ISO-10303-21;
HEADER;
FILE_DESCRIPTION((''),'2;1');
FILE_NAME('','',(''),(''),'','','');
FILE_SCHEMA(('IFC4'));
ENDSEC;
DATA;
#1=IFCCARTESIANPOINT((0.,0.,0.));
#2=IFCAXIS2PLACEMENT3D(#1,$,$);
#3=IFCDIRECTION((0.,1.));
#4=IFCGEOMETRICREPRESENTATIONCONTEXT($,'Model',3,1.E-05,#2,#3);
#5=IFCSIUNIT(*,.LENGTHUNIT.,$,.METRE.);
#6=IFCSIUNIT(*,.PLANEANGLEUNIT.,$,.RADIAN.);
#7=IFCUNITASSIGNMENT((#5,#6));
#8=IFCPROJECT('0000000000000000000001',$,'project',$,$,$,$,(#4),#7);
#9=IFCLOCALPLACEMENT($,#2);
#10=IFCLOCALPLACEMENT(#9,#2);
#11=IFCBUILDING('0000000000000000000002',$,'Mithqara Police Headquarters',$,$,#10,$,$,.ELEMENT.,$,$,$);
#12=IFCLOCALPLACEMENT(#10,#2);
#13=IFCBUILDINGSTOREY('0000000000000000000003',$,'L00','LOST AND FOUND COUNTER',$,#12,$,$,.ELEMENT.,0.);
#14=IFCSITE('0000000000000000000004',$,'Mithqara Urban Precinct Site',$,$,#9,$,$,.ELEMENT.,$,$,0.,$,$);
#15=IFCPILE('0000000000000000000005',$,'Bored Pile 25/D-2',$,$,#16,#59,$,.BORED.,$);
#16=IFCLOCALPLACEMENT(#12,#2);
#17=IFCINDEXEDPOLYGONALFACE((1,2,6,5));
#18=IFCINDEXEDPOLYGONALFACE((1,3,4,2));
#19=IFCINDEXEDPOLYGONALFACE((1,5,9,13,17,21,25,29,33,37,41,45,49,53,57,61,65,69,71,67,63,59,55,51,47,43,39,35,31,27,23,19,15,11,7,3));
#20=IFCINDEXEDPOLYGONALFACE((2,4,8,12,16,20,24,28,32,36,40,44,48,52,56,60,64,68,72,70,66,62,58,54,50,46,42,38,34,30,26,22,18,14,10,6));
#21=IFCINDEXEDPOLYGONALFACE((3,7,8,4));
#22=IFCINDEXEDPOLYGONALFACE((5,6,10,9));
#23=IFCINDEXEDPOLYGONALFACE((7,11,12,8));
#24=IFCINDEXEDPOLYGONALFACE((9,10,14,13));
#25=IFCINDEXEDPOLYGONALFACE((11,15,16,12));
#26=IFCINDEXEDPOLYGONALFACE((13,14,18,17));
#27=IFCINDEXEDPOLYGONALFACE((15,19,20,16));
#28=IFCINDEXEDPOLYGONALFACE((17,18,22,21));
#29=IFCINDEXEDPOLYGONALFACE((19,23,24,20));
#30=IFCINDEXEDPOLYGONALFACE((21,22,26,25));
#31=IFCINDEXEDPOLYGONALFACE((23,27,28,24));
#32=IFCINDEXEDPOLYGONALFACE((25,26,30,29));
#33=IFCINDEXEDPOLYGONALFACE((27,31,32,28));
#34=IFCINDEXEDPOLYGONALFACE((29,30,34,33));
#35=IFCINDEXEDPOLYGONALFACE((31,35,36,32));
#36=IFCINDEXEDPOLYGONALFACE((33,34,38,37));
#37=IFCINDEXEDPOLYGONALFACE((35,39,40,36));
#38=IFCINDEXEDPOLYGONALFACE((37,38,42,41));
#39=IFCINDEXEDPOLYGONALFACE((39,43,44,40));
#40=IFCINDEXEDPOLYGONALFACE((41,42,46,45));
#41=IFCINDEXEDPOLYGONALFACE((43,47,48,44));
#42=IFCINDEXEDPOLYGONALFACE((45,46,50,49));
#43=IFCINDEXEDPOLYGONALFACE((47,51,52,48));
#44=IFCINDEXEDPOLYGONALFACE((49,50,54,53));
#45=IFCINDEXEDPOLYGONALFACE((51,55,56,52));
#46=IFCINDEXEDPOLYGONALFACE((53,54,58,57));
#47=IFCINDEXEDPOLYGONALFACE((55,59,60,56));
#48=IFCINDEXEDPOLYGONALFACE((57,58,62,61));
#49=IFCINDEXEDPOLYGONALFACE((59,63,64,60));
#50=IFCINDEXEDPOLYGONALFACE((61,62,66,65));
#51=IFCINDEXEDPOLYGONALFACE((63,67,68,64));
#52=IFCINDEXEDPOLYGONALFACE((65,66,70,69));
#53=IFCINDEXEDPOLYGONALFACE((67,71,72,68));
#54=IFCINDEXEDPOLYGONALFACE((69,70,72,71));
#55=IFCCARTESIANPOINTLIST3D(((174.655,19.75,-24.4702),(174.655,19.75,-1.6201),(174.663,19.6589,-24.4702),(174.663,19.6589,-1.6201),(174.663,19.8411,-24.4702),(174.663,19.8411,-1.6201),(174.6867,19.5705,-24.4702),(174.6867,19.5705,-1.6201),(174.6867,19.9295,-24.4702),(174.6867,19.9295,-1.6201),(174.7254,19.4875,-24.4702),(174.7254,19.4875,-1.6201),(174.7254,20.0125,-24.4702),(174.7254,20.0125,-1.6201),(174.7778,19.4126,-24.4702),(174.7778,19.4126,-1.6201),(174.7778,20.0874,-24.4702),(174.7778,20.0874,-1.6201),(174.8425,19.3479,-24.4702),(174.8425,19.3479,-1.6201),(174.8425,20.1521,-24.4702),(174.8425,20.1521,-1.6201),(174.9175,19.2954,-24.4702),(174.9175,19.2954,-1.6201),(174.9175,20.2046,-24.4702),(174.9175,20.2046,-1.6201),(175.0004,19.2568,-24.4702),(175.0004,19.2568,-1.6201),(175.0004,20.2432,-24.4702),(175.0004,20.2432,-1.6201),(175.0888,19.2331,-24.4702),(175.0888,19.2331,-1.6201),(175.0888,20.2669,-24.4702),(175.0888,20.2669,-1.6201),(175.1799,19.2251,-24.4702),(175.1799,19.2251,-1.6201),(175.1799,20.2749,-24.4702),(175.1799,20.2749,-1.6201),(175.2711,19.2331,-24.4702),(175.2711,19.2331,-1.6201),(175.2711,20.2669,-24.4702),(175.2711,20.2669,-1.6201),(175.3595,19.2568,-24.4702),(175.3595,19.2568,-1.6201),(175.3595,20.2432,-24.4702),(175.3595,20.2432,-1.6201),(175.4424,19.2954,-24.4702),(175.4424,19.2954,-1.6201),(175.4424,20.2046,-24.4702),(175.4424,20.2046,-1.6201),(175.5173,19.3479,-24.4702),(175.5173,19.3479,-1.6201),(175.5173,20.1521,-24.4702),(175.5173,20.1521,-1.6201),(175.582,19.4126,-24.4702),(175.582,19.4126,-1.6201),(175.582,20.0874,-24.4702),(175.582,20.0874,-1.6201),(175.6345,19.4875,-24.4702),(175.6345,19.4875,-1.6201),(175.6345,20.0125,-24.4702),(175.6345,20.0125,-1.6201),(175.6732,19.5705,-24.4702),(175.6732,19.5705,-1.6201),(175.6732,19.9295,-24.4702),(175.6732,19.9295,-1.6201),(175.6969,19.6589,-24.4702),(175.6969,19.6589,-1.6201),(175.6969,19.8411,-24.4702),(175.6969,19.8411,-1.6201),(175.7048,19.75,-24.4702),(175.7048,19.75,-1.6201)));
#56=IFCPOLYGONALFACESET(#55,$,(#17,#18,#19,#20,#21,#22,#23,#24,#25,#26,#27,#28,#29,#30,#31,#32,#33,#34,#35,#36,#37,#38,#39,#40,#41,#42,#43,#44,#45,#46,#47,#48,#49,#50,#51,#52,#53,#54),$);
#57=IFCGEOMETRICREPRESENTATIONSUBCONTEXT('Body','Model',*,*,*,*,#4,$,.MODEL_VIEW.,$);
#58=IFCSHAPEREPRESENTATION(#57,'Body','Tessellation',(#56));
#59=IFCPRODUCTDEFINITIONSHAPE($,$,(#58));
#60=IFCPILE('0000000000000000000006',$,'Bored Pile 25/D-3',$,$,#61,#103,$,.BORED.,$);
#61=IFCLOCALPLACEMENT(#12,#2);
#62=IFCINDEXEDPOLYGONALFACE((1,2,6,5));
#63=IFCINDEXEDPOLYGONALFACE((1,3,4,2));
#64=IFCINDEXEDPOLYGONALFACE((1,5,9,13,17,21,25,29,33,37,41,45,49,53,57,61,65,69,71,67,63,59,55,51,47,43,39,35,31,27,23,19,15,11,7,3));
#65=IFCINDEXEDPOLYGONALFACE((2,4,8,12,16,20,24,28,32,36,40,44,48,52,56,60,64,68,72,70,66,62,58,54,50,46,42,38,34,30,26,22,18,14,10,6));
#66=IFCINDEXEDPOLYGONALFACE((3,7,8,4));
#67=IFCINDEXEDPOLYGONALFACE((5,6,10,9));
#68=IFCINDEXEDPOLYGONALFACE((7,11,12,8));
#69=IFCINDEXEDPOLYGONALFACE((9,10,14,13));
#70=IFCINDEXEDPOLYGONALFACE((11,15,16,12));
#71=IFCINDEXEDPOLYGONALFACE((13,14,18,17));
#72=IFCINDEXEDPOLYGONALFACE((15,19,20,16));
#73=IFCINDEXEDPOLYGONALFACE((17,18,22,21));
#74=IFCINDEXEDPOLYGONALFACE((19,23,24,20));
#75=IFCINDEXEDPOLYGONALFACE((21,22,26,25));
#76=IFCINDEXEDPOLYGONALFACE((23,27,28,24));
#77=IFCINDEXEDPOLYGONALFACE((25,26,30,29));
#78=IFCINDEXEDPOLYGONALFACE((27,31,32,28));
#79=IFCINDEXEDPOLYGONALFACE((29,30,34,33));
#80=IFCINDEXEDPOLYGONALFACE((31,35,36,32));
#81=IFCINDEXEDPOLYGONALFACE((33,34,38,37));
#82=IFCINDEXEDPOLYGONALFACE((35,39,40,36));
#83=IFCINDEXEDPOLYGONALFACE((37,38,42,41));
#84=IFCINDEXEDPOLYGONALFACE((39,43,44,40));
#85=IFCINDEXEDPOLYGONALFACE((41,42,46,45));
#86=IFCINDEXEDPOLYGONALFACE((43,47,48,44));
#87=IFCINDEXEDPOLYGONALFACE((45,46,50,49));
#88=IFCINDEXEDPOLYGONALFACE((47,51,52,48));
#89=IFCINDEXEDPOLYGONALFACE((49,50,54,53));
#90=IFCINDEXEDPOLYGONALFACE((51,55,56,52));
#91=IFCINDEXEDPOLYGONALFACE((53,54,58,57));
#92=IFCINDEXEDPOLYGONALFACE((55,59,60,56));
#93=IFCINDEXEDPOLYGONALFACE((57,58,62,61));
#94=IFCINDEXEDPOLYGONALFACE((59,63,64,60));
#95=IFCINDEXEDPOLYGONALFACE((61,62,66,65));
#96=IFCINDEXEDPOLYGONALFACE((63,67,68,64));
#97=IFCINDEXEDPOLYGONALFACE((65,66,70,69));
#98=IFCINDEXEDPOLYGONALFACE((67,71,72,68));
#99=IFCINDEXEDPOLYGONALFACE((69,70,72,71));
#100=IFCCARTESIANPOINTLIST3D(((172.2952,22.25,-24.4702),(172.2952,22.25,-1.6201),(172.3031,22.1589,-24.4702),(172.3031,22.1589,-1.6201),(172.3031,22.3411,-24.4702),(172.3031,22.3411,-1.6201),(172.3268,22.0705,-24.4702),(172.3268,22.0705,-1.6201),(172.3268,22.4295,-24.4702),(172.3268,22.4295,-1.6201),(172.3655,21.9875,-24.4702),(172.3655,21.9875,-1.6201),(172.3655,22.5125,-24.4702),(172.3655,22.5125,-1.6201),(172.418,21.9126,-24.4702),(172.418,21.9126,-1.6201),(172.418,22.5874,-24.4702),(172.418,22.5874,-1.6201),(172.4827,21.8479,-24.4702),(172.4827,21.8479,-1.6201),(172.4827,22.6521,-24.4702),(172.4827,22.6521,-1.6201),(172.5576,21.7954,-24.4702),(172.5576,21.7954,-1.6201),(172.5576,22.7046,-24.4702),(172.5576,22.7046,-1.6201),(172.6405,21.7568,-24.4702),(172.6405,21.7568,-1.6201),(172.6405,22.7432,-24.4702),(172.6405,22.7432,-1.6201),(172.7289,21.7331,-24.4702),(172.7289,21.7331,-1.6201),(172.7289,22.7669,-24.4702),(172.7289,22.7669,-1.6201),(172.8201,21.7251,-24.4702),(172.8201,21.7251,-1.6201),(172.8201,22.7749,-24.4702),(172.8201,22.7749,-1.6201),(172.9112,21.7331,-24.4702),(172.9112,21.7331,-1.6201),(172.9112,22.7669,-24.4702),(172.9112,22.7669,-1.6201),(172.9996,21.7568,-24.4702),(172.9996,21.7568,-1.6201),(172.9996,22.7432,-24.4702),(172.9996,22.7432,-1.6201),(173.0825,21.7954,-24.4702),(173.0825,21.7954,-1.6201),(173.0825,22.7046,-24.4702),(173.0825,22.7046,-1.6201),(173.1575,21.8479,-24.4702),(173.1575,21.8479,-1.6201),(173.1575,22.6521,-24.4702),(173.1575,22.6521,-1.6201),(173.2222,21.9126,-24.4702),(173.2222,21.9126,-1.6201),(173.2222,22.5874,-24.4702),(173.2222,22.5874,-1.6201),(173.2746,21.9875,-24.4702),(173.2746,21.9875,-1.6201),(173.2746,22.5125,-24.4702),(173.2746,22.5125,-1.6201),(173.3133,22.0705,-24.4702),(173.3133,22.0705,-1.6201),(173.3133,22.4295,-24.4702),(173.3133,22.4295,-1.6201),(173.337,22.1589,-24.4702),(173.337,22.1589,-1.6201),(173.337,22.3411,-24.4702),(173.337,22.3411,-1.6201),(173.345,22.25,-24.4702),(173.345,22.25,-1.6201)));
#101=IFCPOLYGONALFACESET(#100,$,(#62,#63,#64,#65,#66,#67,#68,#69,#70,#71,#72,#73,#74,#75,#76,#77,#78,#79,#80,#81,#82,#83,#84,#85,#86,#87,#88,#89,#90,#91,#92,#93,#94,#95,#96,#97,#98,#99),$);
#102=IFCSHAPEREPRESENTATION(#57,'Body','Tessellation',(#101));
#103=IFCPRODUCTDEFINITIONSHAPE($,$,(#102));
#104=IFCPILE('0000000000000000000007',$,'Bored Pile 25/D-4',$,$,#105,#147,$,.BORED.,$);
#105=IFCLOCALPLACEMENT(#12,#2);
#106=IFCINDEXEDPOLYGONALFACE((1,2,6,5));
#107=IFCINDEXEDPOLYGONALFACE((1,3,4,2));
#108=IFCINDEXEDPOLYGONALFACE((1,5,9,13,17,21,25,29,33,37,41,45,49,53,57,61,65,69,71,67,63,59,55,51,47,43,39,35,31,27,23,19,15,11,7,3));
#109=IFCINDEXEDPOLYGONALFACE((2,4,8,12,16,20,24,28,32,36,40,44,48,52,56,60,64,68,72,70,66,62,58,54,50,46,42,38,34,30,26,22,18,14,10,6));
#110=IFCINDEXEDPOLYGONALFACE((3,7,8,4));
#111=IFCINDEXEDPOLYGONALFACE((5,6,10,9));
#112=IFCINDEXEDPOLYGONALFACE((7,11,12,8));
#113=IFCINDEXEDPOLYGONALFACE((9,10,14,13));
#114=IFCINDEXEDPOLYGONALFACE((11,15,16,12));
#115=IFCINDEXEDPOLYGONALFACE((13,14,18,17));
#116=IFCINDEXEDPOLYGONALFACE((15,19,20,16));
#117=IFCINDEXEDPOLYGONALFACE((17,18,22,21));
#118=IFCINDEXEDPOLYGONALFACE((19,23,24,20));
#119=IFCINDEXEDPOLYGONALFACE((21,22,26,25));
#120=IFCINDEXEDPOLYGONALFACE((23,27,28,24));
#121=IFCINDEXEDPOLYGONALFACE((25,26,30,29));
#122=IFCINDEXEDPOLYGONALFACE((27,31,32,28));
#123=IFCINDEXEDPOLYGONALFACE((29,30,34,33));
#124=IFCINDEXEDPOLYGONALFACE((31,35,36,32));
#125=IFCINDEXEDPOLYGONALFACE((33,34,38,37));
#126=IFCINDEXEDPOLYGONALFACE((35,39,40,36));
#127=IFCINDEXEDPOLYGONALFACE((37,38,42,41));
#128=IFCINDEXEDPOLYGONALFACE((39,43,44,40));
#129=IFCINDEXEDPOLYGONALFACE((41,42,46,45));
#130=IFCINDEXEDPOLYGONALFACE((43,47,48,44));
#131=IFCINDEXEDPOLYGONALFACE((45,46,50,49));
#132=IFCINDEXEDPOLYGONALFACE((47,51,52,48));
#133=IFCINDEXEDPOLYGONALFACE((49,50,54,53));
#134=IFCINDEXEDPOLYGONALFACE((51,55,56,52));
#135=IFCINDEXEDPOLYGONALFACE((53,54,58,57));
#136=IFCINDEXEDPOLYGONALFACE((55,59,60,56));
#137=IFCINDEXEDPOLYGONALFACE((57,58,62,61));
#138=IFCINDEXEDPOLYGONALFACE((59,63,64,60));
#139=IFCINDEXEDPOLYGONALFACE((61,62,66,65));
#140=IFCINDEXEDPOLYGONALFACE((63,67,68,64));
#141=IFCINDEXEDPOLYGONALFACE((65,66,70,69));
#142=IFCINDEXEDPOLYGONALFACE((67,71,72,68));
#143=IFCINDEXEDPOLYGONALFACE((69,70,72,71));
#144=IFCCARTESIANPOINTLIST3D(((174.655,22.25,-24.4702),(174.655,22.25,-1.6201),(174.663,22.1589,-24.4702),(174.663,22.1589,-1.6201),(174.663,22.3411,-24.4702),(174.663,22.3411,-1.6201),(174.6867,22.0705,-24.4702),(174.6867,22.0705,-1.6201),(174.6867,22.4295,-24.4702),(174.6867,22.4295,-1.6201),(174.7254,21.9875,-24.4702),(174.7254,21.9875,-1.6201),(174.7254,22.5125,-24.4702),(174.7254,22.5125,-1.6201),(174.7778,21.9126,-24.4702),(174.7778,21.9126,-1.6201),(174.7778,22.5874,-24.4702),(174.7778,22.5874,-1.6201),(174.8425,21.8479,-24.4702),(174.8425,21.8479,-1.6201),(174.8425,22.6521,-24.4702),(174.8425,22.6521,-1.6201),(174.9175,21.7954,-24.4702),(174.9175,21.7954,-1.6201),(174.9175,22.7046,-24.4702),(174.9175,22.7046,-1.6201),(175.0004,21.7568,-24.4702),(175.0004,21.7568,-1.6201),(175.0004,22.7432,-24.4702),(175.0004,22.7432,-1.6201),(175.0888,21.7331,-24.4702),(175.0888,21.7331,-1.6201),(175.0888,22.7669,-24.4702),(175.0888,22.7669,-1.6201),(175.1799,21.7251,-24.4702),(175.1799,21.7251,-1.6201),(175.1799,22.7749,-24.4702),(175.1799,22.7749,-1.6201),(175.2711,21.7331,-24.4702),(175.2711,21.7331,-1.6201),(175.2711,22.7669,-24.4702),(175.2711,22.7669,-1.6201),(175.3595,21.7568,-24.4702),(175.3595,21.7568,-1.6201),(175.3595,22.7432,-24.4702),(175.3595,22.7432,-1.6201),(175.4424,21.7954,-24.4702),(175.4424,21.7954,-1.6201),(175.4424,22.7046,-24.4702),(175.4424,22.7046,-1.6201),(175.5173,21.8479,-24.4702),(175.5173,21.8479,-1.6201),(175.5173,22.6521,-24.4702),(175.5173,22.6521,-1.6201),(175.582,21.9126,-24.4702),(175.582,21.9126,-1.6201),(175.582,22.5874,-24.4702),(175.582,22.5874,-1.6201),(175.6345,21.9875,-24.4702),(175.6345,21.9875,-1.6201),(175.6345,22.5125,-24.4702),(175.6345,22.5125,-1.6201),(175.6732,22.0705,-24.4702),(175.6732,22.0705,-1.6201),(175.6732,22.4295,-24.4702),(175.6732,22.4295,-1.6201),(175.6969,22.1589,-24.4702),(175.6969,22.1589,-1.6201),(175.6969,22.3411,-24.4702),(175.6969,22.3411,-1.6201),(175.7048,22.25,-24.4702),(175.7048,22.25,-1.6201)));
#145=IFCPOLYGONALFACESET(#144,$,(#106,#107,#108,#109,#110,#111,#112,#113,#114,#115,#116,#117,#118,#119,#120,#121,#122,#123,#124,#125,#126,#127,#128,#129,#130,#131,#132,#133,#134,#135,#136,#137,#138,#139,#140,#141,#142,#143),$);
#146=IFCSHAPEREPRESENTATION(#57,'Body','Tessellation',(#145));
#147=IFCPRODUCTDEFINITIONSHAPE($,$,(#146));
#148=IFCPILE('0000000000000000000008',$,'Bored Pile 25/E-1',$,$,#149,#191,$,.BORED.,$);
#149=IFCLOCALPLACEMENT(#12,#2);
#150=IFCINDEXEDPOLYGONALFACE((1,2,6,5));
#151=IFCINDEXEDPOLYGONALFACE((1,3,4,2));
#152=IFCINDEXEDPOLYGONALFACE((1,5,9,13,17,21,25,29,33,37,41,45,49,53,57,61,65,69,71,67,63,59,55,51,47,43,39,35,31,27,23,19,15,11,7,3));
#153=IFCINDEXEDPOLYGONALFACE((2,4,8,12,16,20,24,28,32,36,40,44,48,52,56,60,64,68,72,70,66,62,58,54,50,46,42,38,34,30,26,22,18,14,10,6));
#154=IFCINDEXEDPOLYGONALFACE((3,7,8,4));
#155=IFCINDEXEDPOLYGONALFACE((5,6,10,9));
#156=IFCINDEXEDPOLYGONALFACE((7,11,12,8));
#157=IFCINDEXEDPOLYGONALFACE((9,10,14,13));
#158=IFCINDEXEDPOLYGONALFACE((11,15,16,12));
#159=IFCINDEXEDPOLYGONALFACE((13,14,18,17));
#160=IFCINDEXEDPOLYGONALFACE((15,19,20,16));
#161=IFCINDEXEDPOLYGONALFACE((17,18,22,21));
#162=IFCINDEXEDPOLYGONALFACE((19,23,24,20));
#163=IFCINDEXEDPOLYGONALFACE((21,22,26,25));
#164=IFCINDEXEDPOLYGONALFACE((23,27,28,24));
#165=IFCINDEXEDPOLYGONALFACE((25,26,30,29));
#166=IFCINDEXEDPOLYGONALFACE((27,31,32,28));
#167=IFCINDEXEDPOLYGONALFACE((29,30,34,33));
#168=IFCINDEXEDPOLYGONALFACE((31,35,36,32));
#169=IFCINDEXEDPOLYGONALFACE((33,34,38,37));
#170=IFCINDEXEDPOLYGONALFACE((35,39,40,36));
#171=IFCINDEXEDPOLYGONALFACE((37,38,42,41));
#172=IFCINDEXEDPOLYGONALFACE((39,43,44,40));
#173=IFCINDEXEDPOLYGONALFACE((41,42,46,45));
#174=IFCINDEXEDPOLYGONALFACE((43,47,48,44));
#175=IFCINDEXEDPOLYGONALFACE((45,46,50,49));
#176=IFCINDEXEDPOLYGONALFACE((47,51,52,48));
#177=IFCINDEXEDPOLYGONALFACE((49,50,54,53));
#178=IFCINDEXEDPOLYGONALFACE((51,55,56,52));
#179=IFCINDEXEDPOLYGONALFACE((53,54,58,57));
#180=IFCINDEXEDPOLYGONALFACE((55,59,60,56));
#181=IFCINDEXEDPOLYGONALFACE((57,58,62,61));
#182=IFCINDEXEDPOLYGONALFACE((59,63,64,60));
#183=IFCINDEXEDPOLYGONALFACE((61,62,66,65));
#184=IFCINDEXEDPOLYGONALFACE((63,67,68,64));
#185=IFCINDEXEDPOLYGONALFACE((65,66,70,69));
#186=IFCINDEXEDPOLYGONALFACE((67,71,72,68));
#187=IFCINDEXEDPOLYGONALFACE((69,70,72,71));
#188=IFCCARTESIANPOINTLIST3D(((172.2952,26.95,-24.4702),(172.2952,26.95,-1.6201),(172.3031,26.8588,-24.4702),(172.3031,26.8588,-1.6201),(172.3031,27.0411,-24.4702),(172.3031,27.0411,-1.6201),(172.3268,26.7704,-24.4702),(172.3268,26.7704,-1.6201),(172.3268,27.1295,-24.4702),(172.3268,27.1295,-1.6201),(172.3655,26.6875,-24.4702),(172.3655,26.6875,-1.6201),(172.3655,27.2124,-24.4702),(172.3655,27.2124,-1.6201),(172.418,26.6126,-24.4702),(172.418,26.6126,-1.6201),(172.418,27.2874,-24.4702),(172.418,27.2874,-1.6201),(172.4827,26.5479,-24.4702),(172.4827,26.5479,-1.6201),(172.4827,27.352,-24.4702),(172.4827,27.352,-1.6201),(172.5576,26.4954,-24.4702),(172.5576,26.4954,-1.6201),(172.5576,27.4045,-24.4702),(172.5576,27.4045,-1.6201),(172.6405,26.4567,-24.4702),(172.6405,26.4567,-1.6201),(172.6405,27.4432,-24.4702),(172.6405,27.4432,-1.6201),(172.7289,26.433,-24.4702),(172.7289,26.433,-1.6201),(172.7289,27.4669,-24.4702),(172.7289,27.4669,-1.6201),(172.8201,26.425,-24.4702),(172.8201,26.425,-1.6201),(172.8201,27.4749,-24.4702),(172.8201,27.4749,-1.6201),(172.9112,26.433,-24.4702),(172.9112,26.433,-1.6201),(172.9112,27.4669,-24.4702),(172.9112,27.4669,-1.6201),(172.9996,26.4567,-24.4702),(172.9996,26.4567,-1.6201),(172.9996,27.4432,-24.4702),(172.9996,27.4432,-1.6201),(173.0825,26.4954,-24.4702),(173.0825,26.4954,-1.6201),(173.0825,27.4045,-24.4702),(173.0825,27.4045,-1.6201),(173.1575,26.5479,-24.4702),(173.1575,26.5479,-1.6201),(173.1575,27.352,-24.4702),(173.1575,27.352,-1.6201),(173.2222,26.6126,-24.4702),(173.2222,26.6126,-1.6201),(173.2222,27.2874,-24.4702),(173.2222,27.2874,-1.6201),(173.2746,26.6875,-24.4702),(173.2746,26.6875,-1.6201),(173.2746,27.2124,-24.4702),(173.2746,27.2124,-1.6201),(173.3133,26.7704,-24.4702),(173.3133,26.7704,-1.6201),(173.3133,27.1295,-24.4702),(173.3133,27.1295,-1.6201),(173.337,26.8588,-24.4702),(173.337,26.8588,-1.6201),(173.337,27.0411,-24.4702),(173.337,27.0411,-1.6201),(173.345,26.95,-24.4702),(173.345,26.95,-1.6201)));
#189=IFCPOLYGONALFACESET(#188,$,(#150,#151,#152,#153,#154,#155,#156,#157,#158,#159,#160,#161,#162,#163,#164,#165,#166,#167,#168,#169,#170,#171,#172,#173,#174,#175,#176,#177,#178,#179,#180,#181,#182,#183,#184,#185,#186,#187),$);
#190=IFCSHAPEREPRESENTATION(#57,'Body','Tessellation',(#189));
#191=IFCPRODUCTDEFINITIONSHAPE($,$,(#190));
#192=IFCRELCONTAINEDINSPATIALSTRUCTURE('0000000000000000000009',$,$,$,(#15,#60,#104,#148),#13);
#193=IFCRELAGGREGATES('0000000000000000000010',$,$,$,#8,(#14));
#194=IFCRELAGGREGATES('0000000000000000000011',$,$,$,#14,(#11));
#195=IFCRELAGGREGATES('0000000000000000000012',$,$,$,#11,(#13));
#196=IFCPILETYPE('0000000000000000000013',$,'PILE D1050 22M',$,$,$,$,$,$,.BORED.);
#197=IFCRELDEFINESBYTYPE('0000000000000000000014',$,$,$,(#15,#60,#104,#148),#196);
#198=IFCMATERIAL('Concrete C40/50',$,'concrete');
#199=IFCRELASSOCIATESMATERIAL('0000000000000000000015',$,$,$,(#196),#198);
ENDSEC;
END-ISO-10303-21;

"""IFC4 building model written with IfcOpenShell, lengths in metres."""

from ifc_helpers import new_model, si_unit, direction, frame, origin, origin_2d, place, context, subcontext, project, spatial, circle, extrude, material, material_profile, profile_set, type_object, element, save


model = new_model("IFC4")

# Units and contexts
model_context = context("Model", 3, precision=1e-05, world=origin(), true_north=direction((0.0, 1.0)))
body_context = subcontext(model_context, "Body", "Model", "MODEL_VIEW")
ifc_project = project(units=[si_unit("LENGTHUNIT", "METRE"), si_unit("PLANEANGLEUNIT", "RADIAN")], contexts=[model_context])

# Site, building, storey
site_placement = place(None, origin())
site = spatial("IfcSite", under=ifc_project, at=site_placement, Name="Mithqara Urban Precinct Site", CompositionType="ELEMENT", RefElevation=0.0)
building_placement = place(site_placement, origin())
building = spatial("IfcBuilding", under=site, at=building_placement, Name="Mithqara Police Headquarters", CompositionType="ELEMENT")
storey_placement = place(building_placement, origin())
storey = spatial("IfcBuildingStorey", under=building, at=storey_placement, Name="L00", Description="LOST AND FOUND COUNTER", CompositionType="ELEMENT", Elevation=0.0)

# Shared definitions
ifc_material_1 = material(Name="Concrete C40/50", Category="concrete")

# Piles
ifc_material_profile_1 = material_profile(ifc_material_1, circle(Radius=0.5249, at=origin_2d()), Name="PILE D1050")
ifc_profile_set_1 = profile_set([ifc_material_profile_1], Name="Concrete C40/50")
pile_type = type_object("IfcPileType", Name="PILE D1050 22M", PredefinedType="BORED", material=ifc_profile_set_1)
for number, where, z_axis, x_axis, name in (
    (1, (175.1799, 19.75, -1.6201), (0.0, 0.0, -1.0), (1.0, 0.0, 0.0), "Bored Pile 25/D-2"),
    (2, (172.8201, 22.25, -1.6201), (0.0, 0.0, -1.0), (1.0, 0.0, 0.0), "Bored Pile 25/D-3"),
    (3, (175.1799, 22.25, -1.6201), (0.0, 0.0, -1.0), (1.0, 0.0, 0.0), "Bored Pile 25/D-4"),
    (4, (172.8201, 26.95, -1.6201), (0.0, 0.0, -1.0), (1.0, 0.0, 0.0), "Bored Pile 25/E-1"),
):
    element("IfcPile", number, at=place(storey_placement, frame(where, z_axis=z_axis, x_axis=x_axis)), inside=storey, type_object=pile_type, Name=name, PredefinedType="BORED", context=body_context, shape_type="SweptSolid", body=[
        extrude(circle(Radius=0.5249, at=origin_2d()), origin(), (0.0, 0.0, 1.0), 22.8501),
    ])

save(model, "model.ifc")
